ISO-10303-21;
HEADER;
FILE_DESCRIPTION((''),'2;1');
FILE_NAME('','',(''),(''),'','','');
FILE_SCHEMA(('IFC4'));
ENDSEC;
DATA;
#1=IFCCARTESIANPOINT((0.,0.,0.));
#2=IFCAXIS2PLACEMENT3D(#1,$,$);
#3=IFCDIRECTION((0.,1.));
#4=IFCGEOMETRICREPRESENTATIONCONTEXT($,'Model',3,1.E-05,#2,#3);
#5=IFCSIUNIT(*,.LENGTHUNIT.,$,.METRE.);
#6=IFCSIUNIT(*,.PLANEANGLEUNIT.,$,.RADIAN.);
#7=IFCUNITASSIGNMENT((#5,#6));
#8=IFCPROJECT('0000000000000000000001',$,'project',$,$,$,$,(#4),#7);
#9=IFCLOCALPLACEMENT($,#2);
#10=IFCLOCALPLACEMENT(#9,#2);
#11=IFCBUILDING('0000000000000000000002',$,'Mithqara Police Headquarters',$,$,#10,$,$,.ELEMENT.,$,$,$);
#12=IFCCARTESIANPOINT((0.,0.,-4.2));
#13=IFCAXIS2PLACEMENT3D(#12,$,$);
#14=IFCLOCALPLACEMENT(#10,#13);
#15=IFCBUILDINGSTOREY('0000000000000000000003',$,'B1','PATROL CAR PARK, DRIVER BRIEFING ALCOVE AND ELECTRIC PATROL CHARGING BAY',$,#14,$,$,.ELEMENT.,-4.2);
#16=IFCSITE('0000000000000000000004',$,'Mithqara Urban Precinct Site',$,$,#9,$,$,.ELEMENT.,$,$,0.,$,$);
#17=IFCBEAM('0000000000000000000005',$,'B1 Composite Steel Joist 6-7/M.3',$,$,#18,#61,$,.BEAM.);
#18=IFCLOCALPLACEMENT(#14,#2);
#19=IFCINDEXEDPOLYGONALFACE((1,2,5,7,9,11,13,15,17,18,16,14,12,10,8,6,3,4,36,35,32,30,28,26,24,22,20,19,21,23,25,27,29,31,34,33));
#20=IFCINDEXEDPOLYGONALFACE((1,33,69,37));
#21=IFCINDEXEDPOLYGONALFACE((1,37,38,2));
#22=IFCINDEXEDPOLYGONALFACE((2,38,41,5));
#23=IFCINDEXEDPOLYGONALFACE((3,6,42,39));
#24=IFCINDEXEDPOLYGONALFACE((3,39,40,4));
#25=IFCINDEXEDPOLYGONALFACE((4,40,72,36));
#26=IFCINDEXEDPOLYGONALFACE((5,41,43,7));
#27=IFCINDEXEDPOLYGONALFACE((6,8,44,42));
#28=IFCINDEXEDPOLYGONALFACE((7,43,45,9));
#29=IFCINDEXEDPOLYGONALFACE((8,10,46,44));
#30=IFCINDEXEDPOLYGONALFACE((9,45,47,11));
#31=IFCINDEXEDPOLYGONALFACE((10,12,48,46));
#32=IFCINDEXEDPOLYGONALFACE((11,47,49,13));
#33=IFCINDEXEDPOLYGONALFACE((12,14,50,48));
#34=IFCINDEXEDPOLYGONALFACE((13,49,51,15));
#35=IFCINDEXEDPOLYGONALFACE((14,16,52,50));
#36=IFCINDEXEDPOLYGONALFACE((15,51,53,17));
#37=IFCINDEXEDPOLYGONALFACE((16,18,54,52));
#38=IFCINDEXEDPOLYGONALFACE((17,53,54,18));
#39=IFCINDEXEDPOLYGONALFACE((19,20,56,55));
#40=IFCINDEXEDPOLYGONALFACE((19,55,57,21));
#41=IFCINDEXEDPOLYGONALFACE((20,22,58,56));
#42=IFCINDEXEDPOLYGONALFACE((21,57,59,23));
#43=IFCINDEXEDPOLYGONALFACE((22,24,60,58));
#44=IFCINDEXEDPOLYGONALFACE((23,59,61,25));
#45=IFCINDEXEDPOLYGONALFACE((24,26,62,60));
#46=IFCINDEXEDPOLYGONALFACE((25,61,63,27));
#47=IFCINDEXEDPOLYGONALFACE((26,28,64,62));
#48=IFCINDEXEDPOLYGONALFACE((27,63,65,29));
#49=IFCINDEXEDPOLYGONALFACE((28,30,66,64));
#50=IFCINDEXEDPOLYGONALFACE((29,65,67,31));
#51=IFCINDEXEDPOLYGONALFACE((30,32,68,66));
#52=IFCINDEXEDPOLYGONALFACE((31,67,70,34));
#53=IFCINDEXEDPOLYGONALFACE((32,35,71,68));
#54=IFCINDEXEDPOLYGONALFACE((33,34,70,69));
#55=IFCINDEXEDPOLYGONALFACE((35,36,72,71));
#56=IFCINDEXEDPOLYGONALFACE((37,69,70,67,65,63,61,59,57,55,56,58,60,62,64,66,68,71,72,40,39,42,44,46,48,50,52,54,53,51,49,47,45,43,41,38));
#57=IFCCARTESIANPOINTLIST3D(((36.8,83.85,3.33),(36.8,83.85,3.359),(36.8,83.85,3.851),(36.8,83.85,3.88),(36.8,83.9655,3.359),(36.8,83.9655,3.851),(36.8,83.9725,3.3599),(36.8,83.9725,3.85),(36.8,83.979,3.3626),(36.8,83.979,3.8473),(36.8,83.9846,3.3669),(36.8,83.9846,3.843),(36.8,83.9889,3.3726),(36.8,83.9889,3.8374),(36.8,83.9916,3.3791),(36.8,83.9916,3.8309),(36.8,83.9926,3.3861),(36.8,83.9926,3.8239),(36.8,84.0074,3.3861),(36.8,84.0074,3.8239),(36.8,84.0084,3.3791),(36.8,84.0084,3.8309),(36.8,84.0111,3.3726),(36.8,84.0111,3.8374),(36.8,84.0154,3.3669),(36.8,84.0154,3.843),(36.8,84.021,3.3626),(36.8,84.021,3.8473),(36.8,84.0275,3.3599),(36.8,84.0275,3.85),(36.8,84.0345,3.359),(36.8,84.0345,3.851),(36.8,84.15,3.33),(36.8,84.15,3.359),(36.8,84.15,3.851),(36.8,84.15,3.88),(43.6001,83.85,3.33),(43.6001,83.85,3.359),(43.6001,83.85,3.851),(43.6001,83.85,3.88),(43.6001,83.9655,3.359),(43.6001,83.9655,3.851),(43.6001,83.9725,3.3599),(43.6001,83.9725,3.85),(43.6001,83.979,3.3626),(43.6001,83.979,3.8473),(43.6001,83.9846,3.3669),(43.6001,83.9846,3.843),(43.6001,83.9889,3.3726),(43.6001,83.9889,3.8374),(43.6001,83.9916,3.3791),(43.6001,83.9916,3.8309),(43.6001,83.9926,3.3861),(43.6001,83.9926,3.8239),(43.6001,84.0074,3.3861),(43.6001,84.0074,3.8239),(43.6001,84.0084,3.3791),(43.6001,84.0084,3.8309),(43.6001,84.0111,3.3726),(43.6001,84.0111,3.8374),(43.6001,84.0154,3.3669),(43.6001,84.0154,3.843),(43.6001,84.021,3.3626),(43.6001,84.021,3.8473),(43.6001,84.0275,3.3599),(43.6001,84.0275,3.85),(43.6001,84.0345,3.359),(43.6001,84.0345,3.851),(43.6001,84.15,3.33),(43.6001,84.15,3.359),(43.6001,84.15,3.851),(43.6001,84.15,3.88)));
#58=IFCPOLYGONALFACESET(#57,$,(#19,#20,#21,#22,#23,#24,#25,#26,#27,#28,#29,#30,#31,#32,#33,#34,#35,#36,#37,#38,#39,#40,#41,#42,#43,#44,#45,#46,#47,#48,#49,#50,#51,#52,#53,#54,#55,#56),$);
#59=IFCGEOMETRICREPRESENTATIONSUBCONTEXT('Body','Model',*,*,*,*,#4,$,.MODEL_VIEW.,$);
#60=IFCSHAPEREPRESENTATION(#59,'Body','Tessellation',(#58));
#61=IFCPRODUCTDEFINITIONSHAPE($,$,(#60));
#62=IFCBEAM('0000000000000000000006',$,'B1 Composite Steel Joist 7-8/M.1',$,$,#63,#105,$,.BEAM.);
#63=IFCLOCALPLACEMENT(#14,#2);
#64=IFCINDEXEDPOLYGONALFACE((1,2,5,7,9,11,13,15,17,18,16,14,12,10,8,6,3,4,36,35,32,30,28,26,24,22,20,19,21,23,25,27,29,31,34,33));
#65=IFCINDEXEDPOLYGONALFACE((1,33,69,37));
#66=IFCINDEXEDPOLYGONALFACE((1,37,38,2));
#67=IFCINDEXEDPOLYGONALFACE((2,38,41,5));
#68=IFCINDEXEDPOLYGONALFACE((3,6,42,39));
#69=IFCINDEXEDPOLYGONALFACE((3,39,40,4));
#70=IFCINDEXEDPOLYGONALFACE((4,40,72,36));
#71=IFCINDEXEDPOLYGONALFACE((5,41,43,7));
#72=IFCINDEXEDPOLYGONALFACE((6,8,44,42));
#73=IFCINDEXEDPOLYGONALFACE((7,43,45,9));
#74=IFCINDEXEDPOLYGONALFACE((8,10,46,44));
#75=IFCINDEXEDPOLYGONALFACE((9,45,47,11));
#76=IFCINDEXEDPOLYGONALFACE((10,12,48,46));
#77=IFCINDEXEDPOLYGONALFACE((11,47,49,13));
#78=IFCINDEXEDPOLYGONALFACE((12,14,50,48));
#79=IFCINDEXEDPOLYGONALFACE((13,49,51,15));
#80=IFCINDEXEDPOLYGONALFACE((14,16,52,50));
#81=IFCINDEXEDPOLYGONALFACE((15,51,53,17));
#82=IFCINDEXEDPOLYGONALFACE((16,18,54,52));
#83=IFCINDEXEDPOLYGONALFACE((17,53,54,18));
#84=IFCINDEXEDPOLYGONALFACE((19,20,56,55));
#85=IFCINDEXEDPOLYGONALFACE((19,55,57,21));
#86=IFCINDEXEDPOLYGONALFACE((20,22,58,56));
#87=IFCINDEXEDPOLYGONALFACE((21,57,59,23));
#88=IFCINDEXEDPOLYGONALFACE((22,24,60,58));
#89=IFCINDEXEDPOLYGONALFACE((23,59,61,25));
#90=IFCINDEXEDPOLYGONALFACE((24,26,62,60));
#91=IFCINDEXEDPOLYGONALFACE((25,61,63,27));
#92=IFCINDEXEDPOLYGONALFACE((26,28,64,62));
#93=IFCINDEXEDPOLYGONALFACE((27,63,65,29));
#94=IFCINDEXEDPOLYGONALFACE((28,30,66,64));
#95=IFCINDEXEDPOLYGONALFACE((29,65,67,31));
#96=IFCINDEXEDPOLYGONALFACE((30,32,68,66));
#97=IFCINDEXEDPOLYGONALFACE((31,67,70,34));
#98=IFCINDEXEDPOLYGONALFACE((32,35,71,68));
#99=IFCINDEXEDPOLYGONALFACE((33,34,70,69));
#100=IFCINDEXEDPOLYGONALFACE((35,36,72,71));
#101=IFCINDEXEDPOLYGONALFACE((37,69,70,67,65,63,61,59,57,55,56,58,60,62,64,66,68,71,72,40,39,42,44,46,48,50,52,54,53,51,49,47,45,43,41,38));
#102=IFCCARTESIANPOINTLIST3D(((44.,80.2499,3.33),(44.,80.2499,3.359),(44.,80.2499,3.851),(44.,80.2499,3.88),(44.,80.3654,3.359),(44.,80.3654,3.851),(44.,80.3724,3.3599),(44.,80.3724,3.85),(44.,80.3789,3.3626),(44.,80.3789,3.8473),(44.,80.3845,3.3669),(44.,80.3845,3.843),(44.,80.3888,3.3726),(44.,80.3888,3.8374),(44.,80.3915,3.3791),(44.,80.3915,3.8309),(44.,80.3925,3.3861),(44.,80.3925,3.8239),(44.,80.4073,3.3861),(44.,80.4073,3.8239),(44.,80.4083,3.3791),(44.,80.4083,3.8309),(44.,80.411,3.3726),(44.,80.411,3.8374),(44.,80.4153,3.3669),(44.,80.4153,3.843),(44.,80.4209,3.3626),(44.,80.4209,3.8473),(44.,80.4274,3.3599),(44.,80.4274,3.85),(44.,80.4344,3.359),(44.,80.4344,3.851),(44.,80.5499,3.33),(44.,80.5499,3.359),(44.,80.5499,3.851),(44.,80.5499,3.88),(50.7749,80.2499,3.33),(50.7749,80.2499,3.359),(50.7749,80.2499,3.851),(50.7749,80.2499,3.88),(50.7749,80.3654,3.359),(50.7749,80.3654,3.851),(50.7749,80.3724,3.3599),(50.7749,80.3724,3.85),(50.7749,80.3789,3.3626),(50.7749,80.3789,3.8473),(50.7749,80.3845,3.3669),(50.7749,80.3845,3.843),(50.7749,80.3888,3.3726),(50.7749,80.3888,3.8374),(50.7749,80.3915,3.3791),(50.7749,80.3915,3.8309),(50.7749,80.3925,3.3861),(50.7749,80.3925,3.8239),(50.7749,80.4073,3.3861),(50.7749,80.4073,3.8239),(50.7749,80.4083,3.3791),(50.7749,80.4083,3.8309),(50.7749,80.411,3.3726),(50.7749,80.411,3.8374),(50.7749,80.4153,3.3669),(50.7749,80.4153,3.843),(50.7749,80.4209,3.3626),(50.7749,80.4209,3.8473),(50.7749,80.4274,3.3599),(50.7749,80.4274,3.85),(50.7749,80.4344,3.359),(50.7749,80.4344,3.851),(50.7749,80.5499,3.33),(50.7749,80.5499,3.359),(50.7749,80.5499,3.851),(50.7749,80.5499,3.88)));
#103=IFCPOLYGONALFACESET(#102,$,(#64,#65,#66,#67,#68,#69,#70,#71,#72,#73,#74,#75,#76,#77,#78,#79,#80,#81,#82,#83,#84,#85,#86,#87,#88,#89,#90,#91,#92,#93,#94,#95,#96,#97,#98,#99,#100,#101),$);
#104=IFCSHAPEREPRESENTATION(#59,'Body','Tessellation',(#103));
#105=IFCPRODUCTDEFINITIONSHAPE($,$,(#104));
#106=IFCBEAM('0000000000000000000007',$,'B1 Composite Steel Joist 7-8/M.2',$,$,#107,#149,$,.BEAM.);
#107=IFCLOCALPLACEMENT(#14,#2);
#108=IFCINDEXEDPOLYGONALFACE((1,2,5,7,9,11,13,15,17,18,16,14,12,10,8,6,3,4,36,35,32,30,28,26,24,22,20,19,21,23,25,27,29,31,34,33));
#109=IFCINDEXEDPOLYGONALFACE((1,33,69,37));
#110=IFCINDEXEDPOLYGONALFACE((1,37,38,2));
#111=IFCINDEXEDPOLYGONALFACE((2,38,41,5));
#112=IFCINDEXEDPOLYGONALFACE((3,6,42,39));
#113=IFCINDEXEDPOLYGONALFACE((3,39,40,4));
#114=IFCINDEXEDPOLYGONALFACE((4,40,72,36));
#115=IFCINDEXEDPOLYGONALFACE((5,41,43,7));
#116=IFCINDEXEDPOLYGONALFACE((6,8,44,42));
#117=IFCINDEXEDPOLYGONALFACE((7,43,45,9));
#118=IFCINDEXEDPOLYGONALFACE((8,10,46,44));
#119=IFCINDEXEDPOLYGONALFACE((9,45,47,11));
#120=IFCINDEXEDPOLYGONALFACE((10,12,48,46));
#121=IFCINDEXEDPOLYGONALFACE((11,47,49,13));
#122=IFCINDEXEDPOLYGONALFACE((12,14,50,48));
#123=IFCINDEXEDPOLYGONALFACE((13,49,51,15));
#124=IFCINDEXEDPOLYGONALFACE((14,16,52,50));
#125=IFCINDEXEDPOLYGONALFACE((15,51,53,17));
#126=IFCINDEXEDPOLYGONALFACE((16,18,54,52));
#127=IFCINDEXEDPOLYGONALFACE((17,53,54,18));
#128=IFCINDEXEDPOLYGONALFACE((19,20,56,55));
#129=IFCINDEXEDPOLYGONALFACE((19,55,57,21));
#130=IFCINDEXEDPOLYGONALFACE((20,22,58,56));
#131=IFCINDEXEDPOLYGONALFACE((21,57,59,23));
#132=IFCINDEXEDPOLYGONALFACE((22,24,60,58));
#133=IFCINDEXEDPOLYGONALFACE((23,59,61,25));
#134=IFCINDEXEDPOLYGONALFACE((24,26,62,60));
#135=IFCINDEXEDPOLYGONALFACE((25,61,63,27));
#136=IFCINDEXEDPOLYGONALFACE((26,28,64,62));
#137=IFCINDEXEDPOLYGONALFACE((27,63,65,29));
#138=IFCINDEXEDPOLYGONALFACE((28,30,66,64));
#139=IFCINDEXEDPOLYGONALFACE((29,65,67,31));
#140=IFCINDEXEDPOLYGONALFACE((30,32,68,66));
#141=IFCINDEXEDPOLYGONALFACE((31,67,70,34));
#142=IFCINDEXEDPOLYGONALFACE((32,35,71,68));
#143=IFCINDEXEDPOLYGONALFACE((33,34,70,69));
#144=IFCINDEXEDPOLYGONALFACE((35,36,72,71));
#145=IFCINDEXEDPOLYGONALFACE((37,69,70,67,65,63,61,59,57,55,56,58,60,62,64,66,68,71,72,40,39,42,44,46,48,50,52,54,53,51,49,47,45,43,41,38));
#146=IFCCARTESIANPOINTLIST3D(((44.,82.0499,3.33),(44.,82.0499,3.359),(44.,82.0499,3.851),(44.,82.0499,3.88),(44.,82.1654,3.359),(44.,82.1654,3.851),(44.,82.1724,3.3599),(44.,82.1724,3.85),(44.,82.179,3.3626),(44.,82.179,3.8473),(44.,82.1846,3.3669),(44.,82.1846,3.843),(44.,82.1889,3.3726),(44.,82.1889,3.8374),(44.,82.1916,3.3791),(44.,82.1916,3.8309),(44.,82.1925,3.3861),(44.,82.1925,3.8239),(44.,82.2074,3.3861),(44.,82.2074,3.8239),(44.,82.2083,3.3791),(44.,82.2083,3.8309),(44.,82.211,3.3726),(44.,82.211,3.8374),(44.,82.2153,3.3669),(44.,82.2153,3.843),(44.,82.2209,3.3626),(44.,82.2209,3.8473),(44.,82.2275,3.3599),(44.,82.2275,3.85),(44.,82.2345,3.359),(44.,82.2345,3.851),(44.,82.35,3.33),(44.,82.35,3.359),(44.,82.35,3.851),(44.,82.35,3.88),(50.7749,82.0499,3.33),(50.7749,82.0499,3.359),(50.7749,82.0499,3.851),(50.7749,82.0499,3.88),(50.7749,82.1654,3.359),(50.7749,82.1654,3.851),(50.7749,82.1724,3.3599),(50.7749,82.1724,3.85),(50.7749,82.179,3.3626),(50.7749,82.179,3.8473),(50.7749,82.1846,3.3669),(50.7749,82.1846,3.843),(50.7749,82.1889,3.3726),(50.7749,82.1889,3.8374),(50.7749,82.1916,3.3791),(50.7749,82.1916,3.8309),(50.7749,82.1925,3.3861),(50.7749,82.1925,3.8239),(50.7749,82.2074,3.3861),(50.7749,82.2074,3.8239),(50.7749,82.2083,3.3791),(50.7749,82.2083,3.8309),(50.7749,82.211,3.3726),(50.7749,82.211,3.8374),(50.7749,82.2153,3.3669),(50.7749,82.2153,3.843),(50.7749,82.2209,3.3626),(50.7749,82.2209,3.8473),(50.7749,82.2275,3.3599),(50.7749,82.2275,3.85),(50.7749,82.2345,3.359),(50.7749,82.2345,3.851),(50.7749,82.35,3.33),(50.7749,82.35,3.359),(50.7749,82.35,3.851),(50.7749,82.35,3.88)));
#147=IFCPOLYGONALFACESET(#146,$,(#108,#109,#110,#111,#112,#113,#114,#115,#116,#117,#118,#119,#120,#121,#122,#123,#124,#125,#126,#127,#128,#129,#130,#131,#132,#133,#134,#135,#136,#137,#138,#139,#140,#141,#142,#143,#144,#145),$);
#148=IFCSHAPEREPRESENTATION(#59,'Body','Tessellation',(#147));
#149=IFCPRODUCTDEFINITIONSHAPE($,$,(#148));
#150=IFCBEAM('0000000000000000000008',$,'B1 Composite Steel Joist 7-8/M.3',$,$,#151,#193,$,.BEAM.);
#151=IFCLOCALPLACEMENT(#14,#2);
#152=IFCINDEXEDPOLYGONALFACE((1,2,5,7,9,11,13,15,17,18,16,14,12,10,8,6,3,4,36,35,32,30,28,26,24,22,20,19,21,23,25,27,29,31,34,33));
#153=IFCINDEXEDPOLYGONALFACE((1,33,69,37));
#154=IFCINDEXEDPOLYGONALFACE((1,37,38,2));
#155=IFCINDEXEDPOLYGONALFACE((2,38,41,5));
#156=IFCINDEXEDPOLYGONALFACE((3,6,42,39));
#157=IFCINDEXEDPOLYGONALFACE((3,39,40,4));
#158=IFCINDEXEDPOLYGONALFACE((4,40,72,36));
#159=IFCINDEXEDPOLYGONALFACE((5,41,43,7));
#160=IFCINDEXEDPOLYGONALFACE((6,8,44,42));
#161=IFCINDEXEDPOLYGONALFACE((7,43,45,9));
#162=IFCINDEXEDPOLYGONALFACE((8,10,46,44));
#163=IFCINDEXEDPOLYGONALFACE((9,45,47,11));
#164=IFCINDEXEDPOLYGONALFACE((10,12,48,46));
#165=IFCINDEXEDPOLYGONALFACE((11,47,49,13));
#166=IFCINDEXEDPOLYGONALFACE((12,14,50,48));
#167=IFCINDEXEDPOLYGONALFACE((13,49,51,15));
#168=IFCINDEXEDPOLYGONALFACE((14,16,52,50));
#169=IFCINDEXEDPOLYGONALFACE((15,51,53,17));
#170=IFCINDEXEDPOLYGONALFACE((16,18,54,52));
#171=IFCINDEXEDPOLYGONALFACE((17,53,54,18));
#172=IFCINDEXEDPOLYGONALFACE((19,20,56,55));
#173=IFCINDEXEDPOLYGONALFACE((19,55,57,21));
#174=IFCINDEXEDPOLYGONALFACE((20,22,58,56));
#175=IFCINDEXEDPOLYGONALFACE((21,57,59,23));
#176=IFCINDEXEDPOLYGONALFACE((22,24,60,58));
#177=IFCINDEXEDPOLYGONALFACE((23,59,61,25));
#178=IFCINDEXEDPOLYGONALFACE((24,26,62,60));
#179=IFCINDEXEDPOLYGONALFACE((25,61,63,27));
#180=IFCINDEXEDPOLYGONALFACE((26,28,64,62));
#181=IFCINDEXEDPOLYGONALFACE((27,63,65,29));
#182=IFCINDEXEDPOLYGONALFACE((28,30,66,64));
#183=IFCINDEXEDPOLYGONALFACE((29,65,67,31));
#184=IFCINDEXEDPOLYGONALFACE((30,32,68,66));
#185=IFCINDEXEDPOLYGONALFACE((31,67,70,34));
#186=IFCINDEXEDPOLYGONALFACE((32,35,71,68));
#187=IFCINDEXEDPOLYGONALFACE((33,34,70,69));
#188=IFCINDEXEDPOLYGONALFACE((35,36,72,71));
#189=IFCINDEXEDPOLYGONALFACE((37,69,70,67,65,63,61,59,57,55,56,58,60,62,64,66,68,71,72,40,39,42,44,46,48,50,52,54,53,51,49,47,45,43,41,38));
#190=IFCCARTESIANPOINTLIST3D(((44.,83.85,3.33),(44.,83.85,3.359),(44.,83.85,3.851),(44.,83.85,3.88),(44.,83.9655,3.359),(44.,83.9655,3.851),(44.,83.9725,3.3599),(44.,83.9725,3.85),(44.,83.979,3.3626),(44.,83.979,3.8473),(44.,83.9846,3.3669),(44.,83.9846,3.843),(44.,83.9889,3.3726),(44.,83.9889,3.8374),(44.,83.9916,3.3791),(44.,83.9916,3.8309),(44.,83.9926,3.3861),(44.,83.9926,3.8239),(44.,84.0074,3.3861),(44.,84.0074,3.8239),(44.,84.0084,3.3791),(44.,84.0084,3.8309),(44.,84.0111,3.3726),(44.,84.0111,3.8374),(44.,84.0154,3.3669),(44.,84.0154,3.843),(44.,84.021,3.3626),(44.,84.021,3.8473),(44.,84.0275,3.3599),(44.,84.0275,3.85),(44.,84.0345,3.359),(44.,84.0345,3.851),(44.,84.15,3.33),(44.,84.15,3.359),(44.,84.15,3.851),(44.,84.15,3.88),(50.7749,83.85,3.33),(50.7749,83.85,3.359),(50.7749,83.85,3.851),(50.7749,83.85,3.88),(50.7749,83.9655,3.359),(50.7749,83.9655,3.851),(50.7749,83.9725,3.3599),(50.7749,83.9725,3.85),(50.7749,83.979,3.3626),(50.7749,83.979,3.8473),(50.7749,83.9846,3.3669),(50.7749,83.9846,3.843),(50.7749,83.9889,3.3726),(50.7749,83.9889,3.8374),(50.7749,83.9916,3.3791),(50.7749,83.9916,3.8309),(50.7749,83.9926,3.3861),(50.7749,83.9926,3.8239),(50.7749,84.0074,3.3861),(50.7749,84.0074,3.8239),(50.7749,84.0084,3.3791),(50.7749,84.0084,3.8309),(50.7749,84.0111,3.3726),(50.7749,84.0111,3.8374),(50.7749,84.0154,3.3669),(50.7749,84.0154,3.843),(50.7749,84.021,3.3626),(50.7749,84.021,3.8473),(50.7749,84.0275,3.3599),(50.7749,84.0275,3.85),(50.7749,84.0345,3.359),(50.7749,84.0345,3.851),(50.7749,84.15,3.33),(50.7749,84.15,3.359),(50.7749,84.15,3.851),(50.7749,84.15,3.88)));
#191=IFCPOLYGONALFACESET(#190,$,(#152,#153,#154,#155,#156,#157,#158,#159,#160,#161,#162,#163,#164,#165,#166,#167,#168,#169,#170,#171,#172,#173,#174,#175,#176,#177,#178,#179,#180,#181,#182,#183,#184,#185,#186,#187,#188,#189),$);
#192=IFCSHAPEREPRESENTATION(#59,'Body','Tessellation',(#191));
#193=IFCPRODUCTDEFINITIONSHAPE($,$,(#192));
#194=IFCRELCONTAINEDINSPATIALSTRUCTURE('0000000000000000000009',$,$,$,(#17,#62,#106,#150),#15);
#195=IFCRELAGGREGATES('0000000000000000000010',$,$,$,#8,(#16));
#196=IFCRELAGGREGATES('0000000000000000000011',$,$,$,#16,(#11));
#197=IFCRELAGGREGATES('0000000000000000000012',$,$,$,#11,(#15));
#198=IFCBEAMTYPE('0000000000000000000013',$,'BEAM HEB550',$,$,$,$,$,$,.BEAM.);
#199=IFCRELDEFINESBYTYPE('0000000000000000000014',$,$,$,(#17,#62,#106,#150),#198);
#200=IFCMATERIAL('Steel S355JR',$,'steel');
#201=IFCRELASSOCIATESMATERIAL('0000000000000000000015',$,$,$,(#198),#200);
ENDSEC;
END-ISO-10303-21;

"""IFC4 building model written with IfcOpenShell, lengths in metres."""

from ifc_helpers import new_model, si_unit, direction, frame, origin, origin_2d, place, context, subcontext, project, spatial, i_section, extrude, material, material_profile, profile_set, type_object, element, save


model = new_model("IFC4")

# Units and contexts
model_context = context("Model", 3, precision=1e-05, world=origin(), true_north=direction((0.0, 1.0)))
body_context = subcontext(model_context, "Body", "Model", "MODEL_VIEW")
ifc_project = project(units=[si_unit("LENGTHUNIT", "METRE"), si_unit("PLANEANGLEUNIT", "RADIAN")], contexts=[model_context])

# Site, building, storey
site_placement = place(None, origin())
site = spatial("IfcSite", under=ifc_project, at=site_placement, Name="Mithqara Urban Precinct Site", CompositionType="ELEMENT", RefElevation=0.0)
building_placement = place(site_placement, origin())
building = spatial("IfcBuilding", under=site, at=building_placement, Name="Mithqara Police Headquarters", CompositionType="ELEMENT")
storey_placement = place(building_placement, frame((0.0, 0.0, -4.2)))
storey = spatial("IfcBuildingStorey", under=building, at=storey_placement, Name="B1", Description="PATROL CAR PARK, DRIVER BRIEFING ALCOVE AND ELECTRIC PATROL CHARGING BAY", CompositionType="ELEMENT", Elevation=-4.2)

# Beams
ifc_material_1 = material(Name="Steel S355JR", Category="steel")
ifc_material_profile_1 = material_profile(ifc_material_1, i_section(OverallWidth=0.3, OverallDepth=0.55, WebThickness=0.0149, FlangeThickness=0.0291, FilletRadius=0.0271, at=origin_2d()), Name="HEB 550")
ifc_profile_set_1 = profile_set([ifc_material_profile_1], Name="Steel S355JR")
beam_type_1 = type_object("IfcBeamType", Name="BEAM HEB550", PredefinedType="BEAM", material=ifc_profile_set_1)
for number, where, z_axis, x_axis, name in (
    (1, (36.8, 84.0, 3.605), (1.0, 0.0, 0.0), (0.0, 1.0, 0.0), "B1 Composite Steel Joist 6-7/M.3"),
):
    element("IfcBeam", number, at=place(storey_placement, frame(where, z_axis=z_axis, x_axis=x_axis)), inside=storey, type_object=beam_type_1, Name=name, PredefinedType="BEAM", context=body_context, shape_type="SweptSolid", body=[
        extrude(i_section(OverallWidth=0.3, OverallDepth=0.55, WebThickness=0.0149, FlangeThickness=0.0291, FilletRadius=0.0271, at=origin_2d()), origin(), (0.0, 0.0, 1.0), 6.8),
    ])
for number, where, z_axis, x_axis, name in (
    (2, (44.0, 80.3999, 3.605), (1.0, 0.0, 0.0), (0.0, 1.0, 0.0), "B1 Composite Steel Joist 7-8/M.1"),
    (3, (44.0, 82.2, 3.605), (1.0, 0.0, 0.0), (0.0, 1.0, 0.0), "B1 Composite Steel Joist 7-8/M.2"),
    (4, (44.0, 84.0, 3.605), (1.0, 0.0, 0.0), (0.0, 1.0, 0.0), "B1 Composite Steel Joist 7-8/M.3"),
):
    element("IfcBeam", number, at=place(storey_placement, frame(where, z_axis=z_axis, x_axis=x_axis)), inside=storey, type_object=beam_type_1, Name=name, PredefinedType="BEAM", context=body_context, shape_type="SweptSolid", body=[
        extrude(i_section(OverallWidth=0.3, OverallDepth=0.55, WebThickness=0.0149, FlangeThickness=0.0291, FilletRadius=0.0271, at=origin_2d()), origin(), (0.0, 0.0, 1.0), 6.7749),
    ])

save(model, "model.ifc")
